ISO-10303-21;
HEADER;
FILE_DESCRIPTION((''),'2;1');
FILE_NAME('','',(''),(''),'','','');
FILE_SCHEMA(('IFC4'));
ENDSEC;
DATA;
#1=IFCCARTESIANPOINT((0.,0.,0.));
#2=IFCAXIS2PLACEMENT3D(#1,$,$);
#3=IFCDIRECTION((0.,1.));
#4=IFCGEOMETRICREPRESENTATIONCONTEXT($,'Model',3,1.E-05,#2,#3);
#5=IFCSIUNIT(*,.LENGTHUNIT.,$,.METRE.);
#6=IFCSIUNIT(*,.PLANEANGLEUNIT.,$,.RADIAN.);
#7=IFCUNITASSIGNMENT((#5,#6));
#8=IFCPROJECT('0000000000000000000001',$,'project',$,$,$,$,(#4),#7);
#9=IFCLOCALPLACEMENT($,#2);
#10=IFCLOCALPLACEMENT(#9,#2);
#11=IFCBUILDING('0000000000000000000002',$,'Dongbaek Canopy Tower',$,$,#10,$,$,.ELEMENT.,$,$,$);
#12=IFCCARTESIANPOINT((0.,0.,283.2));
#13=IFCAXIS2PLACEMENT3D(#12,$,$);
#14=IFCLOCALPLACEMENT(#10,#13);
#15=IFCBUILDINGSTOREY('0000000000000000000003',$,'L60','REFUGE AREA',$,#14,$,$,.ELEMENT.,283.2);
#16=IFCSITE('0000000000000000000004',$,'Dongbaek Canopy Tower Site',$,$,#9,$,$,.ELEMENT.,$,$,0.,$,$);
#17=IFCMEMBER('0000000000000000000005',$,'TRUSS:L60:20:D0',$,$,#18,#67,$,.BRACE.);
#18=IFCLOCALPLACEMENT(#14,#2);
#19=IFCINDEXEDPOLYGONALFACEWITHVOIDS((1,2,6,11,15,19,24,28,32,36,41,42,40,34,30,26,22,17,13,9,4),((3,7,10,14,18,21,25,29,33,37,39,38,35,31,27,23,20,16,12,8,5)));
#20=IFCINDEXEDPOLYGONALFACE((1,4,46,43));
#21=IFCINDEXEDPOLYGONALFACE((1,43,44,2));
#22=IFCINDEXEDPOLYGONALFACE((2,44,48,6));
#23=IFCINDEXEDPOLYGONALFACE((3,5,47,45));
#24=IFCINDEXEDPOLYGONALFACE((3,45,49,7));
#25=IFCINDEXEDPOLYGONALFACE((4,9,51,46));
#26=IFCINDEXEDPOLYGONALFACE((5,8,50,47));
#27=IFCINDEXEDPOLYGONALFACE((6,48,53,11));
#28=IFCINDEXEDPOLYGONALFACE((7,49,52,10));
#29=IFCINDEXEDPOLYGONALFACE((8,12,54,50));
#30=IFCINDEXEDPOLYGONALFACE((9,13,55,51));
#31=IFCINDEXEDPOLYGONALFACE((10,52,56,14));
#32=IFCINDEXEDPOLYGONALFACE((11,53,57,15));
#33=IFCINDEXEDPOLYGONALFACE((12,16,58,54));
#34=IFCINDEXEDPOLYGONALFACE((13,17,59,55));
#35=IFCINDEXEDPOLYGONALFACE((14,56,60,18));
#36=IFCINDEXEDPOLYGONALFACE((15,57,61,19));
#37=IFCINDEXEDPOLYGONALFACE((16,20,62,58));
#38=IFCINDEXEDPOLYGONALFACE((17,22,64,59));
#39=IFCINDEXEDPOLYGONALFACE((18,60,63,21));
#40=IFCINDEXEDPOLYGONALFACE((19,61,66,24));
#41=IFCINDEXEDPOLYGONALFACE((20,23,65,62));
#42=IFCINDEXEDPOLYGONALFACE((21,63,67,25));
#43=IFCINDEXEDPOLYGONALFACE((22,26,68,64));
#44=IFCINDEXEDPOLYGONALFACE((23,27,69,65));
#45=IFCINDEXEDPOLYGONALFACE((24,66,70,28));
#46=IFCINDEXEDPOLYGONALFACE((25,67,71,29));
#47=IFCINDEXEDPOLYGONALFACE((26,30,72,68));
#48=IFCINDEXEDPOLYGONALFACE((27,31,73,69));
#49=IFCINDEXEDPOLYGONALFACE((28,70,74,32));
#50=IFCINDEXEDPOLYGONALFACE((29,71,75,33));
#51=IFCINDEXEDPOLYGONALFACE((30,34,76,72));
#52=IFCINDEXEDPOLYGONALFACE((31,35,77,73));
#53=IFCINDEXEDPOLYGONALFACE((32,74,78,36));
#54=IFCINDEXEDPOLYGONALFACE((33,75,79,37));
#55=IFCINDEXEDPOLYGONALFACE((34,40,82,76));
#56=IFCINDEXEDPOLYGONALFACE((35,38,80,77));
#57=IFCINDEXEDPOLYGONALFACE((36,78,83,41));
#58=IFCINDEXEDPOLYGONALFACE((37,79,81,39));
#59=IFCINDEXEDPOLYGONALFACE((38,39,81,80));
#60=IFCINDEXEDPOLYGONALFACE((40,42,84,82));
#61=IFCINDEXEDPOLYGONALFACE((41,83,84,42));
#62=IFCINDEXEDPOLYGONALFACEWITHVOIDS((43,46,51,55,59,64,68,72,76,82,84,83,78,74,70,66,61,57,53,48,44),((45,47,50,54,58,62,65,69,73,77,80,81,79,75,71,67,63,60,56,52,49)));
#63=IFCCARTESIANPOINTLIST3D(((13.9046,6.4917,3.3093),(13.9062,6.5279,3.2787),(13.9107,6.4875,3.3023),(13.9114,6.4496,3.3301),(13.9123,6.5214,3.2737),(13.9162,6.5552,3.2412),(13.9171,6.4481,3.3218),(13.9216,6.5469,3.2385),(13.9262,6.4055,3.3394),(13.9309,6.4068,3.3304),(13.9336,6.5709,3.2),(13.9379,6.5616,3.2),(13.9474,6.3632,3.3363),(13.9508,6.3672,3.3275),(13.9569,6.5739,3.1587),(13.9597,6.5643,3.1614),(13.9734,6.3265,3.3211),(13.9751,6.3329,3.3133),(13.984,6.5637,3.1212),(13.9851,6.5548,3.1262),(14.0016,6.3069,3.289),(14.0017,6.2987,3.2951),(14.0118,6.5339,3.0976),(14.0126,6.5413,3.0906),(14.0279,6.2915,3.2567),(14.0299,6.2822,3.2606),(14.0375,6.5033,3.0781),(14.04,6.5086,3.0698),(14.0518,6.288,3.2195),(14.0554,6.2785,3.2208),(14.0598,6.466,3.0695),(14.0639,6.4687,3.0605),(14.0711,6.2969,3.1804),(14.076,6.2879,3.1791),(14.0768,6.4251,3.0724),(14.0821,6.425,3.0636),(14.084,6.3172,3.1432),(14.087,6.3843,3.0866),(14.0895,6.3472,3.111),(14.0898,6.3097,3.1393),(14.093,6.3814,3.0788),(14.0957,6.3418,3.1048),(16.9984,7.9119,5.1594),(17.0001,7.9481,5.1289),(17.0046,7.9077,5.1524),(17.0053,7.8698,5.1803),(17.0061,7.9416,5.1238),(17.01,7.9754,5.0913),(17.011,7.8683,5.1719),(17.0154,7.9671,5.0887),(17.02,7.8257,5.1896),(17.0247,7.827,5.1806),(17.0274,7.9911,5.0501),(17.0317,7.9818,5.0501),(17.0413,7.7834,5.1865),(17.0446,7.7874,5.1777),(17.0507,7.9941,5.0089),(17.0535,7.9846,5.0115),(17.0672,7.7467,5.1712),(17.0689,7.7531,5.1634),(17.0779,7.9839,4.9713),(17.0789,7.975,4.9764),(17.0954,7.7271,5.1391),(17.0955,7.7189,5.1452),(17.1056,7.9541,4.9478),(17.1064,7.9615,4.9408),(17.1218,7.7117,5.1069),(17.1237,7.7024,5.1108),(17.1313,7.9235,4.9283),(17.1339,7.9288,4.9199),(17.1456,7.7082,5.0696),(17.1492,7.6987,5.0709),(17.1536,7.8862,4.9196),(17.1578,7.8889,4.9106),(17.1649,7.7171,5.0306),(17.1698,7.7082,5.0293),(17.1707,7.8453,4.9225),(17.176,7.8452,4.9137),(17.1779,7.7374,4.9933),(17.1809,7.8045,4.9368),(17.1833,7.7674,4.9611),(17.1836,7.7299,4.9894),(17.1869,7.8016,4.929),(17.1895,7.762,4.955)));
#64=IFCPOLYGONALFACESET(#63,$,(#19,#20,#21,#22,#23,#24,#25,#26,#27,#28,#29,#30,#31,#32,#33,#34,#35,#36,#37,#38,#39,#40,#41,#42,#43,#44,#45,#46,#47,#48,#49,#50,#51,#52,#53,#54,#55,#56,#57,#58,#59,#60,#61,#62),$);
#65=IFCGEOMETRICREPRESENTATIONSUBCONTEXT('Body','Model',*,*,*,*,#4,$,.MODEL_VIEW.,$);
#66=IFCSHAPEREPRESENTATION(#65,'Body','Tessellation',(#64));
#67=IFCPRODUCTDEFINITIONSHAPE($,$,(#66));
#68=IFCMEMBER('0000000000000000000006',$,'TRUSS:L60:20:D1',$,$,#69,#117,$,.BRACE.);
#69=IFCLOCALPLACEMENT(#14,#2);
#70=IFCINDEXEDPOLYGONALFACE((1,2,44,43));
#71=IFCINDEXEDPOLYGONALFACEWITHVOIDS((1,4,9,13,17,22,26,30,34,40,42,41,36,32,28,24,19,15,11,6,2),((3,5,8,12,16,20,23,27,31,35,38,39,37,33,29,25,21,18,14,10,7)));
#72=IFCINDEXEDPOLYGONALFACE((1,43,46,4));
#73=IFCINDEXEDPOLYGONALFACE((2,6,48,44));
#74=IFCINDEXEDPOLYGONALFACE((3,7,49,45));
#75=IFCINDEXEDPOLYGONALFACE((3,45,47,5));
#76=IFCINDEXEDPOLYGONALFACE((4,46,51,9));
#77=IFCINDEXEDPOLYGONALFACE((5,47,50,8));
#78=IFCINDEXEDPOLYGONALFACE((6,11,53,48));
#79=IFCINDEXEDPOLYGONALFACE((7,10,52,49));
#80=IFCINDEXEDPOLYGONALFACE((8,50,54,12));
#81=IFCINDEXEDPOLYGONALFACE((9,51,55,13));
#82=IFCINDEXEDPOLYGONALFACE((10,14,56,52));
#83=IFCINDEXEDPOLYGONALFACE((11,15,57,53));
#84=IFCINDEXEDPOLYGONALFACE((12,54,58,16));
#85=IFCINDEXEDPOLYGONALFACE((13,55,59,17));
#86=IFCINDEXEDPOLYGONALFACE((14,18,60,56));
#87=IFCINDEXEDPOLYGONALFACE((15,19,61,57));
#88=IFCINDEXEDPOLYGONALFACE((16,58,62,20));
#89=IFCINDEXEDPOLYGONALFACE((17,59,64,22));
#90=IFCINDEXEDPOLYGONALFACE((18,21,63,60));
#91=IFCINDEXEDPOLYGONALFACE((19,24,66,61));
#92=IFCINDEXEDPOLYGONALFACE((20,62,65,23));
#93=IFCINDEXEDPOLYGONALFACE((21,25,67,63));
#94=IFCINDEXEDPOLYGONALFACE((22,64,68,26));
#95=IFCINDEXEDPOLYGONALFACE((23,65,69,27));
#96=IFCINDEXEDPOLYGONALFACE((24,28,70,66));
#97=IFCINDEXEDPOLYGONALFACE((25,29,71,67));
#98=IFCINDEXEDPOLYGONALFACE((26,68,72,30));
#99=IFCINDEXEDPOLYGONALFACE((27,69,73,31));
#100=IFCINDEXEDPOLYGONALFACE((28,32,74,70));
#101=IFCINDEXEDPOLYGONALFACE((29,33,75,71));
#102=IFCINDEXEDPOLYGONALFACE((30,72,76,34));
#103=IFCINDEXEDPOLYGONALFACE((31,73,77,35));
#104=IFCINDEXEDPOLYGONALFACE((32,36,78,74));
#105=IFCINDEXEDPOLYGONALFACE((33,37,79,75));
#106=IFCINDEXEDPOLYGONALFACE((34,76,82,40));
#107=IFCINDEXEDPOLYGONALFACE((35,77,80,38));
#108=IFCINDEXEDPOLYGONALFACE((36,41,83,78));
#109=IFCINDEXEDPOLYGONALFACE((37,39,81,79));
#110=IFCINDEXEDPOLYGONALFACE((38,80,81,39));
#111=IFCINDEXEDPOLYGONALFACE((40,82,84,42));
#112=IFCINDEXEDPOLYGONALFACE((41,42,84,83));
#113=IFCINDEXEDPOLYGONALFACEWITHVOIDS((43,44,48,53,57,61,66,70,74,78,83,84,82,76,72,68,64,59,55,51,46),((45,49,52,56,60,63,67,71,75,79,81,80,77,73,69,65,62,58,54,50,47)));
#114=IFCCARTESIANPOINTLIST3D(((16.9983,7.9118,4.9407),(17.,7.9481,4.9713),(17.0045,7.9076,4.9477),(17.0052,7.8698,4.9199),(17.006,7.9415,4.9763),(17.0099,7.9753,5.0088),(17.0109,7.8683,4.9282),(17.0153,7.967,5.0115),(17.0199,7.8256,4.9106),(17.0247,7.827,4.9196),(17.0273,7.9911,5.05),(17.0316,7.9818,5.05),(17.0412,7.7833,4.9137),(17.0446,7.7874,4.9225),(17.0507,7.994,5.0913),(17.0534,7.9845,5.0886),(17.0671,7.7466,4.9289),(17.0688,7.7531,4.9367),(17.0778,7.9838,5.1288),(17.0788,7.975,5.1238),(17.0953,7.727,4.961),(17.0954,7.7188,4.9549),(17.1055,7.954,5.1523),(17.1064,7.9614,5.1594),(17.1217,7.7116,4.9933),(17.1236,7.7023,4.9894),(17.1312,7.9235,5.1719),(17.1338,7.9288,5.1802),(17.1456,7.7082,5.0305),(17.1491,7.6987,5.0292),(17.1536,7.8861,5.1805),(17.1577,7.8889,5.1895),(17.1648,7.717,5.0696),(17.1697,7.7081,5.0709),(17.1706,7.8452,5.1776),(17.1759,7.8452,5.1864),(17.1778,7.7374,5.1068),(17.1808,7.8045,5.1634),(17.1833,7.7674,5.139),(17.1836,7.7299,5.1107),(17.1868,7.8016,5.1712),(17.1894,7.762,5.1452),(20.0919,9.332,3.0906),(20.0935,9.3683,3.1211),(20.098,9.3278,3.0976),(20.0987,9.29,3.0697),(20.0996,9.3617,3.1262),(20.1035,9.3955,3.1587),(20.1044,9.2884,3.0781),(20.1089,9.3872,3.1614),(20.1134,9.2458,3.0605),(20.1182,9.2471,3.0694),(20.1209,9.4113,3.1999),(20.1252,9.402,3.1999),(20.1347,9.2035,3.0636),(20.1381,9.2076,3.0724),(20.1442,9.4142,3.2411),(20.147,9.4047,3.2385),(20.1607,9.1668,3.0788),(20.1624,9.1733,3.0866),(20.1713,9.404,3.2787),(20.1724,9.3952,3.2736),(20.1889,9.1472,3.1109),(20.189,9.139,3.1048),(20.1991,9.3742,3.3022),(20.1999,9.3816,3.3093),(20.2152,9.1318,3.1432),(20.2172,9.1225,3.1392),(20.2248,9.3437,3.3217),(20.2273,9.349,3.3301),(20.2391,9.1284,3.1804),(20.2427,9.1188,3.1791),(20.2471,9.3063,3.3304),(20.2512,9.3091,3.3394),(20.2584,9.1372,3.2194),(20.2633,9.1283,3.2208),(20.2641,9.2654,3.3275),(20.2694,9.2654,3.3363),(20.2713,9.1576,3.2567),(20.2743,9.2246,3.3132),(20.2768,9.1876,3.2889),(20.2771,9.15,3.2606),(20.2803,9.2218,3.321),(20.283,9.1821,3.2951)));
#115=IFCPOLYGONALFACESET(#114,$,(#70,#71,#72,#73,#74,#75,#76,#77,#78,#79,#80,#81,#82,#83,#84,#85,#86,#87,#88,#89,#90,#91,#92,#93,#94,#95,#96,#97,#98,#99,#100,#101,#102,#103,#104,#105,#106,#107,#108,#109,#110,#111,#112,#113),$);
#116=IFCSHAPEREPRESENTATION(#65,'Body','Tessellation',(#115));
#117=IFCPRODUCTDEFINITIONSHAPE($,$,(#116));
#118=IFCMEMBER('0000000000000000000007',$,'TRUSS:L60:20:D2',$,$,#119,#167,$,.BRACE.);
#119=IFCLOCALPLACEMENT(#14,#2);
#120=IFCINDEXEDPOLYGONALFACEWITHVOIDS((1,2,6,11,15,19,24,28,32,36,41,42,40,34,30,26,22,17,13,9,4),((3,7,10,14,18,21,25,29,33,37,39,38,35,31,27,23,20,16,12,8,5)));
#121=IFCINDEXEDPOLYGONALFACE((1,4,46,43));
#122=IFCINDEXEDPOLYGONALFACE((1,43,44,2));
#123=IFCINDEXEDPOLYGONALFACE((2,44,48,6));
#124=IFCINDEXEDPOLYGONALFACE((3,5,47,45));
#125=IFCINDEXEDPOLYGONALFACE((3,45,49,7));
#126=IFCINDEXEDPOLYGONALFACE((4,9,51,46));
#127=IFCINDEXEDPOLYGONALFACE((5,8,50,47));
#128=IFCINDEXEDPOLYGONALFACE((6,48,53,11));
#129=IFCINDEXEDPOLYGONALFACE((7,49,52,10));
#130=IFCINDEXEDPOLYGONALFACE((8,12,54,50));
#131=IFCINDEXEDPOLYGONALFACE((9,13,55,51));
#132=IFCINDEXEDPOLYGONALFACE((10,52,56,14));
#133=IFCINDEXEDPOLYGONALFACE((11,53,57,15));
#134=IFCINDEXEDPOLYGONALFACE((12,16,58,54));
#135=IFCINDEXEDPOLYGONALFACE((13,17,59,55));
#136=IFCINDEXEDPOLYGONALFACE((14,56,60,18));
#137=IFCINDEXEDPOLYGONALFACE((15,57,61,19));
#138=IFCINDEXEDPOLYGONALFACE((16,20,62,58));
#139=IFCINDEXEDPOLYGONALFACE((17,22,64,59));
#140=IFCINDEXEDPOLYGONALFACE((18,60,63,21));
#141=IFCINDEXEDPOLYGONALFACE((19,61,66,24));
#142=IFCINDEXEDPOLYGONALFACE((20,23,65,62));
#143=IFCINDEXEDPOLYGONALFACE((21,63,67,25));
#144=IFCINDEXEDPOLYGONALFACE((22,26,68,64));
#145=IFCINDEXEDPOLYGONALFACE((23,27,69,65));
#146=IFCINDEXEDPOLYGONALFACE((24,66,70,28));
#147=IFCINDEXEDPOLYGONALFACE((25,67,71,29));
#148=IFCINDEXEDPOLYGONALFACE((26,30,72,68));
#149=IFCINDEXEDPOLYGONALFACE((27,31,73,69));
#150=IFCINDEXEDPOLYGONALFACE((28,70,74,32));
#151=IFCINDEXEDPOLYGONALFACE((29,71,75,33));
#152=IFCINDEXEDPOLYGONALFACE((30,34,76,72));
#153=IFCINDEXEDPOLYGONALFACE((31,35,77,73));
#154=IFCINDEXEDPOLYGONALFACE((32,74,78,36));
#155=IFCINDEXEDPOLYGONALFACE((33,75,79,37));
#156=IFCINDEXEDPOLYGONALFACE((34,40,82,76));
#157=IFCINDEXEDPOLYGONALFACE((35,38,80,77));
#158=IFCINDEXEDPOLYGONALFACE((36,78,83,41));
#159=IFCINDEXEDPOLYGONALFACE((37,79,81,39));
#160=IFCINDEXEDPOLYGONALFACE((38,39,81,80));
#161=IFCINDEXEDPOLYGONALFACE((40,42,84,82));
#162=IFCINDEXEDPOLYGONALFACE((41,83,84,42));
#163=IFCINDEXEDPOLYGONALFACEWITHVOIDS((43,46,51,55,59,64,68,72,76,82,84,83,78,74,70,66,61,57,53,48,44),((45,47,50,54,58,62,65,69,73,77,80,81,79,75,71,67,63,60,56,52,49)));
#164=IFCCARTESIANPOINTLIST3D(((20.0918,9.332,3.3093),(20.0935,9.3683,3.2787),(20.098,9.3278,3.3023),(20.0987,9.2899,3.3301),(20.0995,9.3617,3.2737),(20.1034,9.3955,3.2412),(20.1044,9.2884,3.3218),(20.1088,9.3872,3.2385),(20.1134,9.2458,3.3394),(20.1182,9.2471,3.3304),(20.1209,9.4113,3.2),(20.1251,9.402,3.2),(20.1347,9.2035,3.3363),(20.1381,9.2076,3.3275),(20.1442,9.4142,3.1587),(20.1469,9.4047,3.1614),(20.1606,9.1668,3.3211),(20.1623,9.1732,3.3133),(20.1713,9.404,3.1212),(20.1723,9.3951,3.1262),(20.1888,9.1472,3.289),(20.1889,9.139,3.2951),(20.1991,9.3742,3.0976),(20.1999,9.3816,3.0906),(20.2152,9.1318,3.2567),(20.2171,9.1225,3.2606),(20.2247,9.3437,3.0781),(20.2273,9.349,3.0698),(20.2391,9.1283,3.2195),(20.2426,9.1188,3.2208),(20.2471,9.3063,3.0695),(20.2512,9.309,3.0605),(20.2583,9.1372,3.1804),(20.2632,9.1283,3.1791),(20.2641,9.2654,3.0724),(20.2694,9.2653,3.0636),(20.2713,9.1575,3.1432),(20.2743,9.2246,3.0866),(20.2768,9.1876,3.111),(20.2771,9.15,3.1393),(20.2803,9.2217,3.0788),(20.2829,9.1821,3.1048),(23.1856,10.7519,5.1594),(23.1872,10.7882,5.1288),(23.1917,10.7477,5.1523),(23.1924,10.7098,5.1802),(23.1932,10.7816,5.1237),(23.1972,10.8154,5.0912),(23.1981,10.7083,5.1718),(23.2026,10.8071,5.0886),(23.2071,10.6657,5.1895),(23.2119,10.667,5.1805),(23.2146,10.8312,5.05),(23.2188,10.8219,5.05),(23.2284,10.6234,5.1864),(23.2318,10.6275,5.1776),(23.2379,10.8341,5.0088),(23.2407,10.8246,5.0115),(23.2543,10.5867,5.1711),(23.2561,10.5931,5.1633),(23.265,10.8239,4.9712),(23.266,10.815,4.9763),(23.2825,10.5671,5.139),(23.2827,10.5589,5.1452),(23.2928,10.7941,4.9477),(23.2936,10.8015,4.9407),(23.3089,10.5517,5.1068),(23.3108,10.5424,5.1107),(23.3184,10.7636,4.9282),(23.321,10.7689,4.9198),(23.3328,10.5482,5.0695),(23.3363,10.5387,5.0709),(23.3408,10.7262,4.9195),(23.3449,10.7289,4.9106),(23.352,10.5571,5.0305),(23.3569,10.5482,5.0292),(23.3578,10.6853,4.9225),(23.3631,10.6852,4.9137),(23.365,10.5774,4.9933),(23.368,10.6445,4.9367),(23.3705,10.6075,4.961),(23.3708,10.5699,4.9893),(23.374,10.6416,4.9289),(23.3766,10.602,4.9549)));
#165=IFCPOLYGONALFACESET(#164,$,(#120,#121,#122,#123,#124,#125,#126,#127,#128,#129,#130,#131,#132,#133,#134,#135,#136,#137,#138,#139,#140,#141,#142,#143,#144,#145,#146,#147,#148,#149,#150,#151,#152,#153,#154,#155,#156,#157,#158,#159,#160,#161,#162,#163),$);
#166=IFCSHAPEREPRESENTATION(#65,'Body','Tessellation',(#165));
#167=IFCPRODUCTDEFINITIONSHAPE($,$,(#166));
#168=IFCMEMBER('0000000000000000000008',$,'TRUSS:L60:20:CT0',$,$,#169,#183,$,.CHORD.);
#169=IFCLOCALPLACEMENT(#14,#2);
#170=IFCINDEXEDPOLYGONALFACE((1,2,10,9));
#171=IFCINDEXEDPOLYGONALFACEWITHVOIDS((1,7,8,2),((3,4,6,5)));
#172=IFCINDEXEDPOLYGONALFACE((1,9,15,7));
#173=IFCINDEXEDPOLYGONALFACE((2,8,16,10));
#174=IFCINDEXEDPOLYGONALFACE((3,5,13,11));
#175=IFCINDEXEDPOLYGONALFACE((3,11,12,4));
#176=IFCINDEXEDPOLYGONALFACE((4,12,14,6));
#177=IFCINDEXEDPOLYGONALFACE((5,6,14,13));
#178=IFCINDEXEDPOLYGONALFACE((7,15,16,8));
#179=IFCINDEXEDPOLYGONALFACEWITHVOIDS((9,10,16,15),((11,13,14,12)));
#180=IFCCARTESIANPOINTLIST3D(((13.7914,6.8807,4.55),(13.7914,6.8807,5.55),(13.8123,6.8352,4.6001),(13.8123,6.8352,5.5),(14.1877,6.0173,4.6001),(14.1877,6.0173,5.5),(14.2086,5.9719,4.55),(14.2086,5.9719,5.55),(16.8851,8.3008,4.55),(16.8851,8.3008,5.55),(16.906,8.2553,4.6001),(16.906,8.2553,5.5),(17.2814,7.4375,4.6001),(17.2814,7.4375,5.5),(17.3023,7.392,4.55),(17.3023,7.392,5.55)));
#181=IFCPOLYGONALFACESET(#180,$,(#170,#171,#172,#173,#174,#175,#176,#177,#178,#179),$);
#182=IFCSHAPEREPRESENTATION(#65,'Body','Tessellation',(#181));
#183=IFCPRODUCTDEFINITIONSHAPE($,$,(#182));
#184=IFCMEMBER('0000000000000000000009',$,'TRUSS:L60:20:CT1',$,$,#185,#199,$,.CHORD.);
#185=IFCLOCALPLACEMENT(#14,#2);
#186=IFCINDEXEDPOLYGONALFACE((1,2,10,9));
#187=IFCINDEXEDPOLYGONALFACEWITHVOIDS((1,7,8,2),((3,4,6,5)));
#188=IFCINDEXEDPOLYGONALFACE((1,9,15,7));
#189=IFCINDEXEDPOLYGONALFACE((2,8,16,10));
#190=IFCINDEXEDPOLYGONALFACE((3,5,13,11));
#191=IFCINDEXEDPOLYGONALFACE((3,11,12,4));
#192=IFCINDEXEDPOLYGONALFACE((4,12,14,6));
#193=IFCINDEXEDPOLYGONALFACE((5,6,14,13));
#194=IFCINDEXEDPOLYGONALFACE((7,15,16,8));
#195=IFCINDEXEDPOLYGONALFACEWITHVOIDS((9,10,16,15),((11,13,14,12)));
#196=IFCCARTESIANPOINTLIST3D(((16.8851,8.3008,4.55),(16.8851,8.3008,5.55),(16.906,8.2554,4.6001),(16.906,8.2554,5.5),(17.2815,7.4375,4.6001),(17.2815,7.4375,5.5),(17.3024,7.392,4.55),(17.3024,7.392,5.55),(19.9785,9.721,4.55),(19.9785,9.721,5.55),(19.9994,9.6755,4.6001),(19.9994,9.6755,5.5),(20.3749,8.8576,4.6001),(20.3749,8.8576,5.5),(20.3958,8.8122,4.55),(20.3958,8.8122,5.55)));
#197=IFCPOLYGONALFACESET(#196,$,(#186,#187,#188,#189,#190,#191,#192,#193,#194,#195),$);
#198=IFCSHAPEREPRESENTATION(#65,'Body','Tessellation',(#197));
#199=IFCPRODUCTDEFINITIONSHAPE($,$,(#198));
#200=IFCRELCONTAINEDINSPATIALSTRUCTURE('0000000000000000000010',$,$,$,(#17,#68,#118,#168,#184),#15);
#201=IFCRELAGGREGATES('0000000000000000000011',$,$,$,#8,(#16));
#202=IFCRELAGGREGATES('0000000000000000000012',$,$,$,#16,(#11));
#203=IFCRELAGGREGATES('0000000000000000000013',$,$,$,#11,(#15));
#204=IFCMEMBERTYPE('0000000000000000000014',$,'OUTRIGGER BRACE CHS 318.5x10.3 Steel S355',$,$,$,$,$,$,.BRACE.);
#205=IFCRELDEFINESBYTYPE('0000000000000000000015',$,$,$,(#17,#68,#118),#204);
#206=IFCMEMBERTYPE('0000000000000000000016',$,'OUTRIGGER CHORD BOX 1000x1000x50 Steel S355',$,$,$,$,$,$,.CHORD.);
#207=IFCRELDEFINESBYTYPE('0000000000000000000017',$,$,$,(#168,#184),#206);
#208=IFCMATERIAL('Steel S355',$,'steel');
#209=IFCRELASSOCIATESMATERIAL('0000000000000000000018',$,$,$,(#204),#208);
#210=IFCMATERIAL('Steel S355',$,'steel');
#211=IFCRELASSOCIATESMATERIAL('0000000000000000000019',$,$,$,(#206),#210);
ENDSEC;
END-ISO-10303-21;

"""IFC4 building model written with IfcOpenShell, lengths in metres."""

from ifc_helpers import new_model, si_unit, direction, frame, origin, origin_2d, place, context, subcontext, project, spatial, hollow_rectangle, hollow_circle, extrude, material, material_profile, profile_set, type_object, element, save


model = new_model("IFC4")

# Units and contexts
model_context = context("Model", 3, precision=1e-05, world=origin(), true_north=direction((0.0, 1.0)))
body_context = subcontext(model_context, "Body", "Model", "MODEL_VIEW")
ifc_project = project(units=[si_unit("LENGTHUNIT", "METRE"), si_unit("PLANEANGLEUNIT", "RADIAN")], contexts=[model_context])

# Site, building, storey
site_placement = place(None, origin())
site = spatial("IfcSite", under=ifc_project, at=site_placement, Name="Dongbaek Canopy Tower Site", CompositionType="ELEMENT", RefElevation=0.0)
building_placement = place(site_placement, origin())
building = spatial("IfcBuilding", under=site, at=building_placement, Name="Dongbaek Canopy Tower", CompositionType="ELEMENT")
storey_placement = place(building_placement, frame((0.0, 0.0, 283.2)))
storey = spatial("IfcBuildingStorey", under=building, at=storey_placement, Name="L60", Description="REFUGE AREA", CompositionType="ELEMENT", Elevation=283.2)

# Members
ifc_material_1 = material(Name="Steel S355", Category="steel")
ifc_material_profile_1 = material_profile(ifc_material_1, hollow_circle(Radius=0.1592, WallThickness=0.0103, at=origin_2d()), Name="OUTRIGGER BRACE CHS 318.5x10.3 Steel S355")
ifc_profile_set_1 = profile_set([ifc_material_profile_1], Name="Steel S355")
member_type_1 = type_object("IfcMemberType", Name="OUTRIGGER BRACE CHS 318.5x10.3 Steel S355", PredefinedType="BRACE", material=ifc_profile_set_1)
member_1_placement = place(storey_placement, frame((14.0, 6.4263, 3.2), z_axis=(0.798509, 0.366551, 0.477518), x_axis=(-0.417188, 0.90882, 0.0)))
element("IfcMember", 1, at=member_1_placement, inside=storey, type_object=member_type_1, Name="TRUSS:L60:20:D0", PredefinedType="BRACE", context=body_context, shape_type="SweptSolid", body=[
    extrude(hollow_circle(Radius=0.1592, WallThickness=0.0103, at=origin_2d()), origin(), (0.0, 0.0, 1.0), 3.8745),
])
for number, where, z_axis, x_axis, name in (
    (2, (17.0938, 7.8464, 5.05), (0.798487, 0.366569, -0.477542), (-0.417215, 0.908808, 0.0), "TRUSS:L60:20:D1"),
    (3, (20.1873, 9.2666, 3.2), (0.798528, 0.366496, 0.477529), (-0.417129, 0.908847, 0.0), "TRUSS:L60:20:D2"),
):
    element("IfcMember", number, at=place(storey_placement, frame(where, z_axis=z_axis, x_axis=x_axis)), inside=storey, type_object=member_type_1, Name=name, PredefinedType="BRACE", context=body_context, shape_type="SweptSolid", body=[
        extrude(hollow_circle(Radius=0.1592, WallThickness=0.0103, at=origin_2d()), origin(), (0.0, 0.0, 1.0), 3.8743),
    ])
ifc_material_2 = material(Name="Steel S355", Category="steel")
ifc_material_profile_2 = material_profile(ifc_material_2, hollow_rectangle(XDim=1.0, YDim=1.0, WallThickness=0.05, at=origin_2d()), Name="OUTRIGGER CHORD BOX 1000x1000x50 Steel S355")
ifc_profile_set_2 = profile_set([ifc_material_profile_2], Name="Steel S355")
member_type_2 = type_object("IfcMemberType", Name="OUTRIGGER CHORD BOX 1000x1000x50 Steel S355", PredefinedType="CHORD", material=ifc_profile_set_2)
member_2_placement = place(storey_placement, frame((14.0, 6.4263, 5.05), z_axis=(0.90882, 0.417188, 0.0), x_axis=(-0.417188, 0.90882, 0.0)))
element("IfcMember", 4, at=member_2_placement, inside=storey, type_object=member_type_2, Name="TRUSS:L60:20:CT0", PredefinedType="CHORD", context=body_context, shape_type="SweptSolid", body=[
    extrude(hollow_rectangle(XDim=1.0, YDim=1.0, WallThickness=0.05, at=origin_2d()), origin(), (0.0, 0.0, 1.0), 3.4041),
])
member_3_placement = place(storey_placement, frame((17.0938, 7.8464, 5.05), z_axis=(0.908808, 0.417215, 0.0), x_axis=(-0.417215, 0.908808, 0.0)))
element("IfcMember", 5, at=member_3_placement, inside=storey, type_object=member_type_2, Name="TRUSS:L60:20:CT1", PredefinedType="CHORD", context=body_context, shape_type="SweptSolid", body=[
    extrude(hollow_rectangle(XDim=1.0, YDim=1.0, WallThickness=0.05, at=origin_2d()), origin(), (0.0, 0.0, 1.0), 3.4038),
])

save(model, "model.ifc")
